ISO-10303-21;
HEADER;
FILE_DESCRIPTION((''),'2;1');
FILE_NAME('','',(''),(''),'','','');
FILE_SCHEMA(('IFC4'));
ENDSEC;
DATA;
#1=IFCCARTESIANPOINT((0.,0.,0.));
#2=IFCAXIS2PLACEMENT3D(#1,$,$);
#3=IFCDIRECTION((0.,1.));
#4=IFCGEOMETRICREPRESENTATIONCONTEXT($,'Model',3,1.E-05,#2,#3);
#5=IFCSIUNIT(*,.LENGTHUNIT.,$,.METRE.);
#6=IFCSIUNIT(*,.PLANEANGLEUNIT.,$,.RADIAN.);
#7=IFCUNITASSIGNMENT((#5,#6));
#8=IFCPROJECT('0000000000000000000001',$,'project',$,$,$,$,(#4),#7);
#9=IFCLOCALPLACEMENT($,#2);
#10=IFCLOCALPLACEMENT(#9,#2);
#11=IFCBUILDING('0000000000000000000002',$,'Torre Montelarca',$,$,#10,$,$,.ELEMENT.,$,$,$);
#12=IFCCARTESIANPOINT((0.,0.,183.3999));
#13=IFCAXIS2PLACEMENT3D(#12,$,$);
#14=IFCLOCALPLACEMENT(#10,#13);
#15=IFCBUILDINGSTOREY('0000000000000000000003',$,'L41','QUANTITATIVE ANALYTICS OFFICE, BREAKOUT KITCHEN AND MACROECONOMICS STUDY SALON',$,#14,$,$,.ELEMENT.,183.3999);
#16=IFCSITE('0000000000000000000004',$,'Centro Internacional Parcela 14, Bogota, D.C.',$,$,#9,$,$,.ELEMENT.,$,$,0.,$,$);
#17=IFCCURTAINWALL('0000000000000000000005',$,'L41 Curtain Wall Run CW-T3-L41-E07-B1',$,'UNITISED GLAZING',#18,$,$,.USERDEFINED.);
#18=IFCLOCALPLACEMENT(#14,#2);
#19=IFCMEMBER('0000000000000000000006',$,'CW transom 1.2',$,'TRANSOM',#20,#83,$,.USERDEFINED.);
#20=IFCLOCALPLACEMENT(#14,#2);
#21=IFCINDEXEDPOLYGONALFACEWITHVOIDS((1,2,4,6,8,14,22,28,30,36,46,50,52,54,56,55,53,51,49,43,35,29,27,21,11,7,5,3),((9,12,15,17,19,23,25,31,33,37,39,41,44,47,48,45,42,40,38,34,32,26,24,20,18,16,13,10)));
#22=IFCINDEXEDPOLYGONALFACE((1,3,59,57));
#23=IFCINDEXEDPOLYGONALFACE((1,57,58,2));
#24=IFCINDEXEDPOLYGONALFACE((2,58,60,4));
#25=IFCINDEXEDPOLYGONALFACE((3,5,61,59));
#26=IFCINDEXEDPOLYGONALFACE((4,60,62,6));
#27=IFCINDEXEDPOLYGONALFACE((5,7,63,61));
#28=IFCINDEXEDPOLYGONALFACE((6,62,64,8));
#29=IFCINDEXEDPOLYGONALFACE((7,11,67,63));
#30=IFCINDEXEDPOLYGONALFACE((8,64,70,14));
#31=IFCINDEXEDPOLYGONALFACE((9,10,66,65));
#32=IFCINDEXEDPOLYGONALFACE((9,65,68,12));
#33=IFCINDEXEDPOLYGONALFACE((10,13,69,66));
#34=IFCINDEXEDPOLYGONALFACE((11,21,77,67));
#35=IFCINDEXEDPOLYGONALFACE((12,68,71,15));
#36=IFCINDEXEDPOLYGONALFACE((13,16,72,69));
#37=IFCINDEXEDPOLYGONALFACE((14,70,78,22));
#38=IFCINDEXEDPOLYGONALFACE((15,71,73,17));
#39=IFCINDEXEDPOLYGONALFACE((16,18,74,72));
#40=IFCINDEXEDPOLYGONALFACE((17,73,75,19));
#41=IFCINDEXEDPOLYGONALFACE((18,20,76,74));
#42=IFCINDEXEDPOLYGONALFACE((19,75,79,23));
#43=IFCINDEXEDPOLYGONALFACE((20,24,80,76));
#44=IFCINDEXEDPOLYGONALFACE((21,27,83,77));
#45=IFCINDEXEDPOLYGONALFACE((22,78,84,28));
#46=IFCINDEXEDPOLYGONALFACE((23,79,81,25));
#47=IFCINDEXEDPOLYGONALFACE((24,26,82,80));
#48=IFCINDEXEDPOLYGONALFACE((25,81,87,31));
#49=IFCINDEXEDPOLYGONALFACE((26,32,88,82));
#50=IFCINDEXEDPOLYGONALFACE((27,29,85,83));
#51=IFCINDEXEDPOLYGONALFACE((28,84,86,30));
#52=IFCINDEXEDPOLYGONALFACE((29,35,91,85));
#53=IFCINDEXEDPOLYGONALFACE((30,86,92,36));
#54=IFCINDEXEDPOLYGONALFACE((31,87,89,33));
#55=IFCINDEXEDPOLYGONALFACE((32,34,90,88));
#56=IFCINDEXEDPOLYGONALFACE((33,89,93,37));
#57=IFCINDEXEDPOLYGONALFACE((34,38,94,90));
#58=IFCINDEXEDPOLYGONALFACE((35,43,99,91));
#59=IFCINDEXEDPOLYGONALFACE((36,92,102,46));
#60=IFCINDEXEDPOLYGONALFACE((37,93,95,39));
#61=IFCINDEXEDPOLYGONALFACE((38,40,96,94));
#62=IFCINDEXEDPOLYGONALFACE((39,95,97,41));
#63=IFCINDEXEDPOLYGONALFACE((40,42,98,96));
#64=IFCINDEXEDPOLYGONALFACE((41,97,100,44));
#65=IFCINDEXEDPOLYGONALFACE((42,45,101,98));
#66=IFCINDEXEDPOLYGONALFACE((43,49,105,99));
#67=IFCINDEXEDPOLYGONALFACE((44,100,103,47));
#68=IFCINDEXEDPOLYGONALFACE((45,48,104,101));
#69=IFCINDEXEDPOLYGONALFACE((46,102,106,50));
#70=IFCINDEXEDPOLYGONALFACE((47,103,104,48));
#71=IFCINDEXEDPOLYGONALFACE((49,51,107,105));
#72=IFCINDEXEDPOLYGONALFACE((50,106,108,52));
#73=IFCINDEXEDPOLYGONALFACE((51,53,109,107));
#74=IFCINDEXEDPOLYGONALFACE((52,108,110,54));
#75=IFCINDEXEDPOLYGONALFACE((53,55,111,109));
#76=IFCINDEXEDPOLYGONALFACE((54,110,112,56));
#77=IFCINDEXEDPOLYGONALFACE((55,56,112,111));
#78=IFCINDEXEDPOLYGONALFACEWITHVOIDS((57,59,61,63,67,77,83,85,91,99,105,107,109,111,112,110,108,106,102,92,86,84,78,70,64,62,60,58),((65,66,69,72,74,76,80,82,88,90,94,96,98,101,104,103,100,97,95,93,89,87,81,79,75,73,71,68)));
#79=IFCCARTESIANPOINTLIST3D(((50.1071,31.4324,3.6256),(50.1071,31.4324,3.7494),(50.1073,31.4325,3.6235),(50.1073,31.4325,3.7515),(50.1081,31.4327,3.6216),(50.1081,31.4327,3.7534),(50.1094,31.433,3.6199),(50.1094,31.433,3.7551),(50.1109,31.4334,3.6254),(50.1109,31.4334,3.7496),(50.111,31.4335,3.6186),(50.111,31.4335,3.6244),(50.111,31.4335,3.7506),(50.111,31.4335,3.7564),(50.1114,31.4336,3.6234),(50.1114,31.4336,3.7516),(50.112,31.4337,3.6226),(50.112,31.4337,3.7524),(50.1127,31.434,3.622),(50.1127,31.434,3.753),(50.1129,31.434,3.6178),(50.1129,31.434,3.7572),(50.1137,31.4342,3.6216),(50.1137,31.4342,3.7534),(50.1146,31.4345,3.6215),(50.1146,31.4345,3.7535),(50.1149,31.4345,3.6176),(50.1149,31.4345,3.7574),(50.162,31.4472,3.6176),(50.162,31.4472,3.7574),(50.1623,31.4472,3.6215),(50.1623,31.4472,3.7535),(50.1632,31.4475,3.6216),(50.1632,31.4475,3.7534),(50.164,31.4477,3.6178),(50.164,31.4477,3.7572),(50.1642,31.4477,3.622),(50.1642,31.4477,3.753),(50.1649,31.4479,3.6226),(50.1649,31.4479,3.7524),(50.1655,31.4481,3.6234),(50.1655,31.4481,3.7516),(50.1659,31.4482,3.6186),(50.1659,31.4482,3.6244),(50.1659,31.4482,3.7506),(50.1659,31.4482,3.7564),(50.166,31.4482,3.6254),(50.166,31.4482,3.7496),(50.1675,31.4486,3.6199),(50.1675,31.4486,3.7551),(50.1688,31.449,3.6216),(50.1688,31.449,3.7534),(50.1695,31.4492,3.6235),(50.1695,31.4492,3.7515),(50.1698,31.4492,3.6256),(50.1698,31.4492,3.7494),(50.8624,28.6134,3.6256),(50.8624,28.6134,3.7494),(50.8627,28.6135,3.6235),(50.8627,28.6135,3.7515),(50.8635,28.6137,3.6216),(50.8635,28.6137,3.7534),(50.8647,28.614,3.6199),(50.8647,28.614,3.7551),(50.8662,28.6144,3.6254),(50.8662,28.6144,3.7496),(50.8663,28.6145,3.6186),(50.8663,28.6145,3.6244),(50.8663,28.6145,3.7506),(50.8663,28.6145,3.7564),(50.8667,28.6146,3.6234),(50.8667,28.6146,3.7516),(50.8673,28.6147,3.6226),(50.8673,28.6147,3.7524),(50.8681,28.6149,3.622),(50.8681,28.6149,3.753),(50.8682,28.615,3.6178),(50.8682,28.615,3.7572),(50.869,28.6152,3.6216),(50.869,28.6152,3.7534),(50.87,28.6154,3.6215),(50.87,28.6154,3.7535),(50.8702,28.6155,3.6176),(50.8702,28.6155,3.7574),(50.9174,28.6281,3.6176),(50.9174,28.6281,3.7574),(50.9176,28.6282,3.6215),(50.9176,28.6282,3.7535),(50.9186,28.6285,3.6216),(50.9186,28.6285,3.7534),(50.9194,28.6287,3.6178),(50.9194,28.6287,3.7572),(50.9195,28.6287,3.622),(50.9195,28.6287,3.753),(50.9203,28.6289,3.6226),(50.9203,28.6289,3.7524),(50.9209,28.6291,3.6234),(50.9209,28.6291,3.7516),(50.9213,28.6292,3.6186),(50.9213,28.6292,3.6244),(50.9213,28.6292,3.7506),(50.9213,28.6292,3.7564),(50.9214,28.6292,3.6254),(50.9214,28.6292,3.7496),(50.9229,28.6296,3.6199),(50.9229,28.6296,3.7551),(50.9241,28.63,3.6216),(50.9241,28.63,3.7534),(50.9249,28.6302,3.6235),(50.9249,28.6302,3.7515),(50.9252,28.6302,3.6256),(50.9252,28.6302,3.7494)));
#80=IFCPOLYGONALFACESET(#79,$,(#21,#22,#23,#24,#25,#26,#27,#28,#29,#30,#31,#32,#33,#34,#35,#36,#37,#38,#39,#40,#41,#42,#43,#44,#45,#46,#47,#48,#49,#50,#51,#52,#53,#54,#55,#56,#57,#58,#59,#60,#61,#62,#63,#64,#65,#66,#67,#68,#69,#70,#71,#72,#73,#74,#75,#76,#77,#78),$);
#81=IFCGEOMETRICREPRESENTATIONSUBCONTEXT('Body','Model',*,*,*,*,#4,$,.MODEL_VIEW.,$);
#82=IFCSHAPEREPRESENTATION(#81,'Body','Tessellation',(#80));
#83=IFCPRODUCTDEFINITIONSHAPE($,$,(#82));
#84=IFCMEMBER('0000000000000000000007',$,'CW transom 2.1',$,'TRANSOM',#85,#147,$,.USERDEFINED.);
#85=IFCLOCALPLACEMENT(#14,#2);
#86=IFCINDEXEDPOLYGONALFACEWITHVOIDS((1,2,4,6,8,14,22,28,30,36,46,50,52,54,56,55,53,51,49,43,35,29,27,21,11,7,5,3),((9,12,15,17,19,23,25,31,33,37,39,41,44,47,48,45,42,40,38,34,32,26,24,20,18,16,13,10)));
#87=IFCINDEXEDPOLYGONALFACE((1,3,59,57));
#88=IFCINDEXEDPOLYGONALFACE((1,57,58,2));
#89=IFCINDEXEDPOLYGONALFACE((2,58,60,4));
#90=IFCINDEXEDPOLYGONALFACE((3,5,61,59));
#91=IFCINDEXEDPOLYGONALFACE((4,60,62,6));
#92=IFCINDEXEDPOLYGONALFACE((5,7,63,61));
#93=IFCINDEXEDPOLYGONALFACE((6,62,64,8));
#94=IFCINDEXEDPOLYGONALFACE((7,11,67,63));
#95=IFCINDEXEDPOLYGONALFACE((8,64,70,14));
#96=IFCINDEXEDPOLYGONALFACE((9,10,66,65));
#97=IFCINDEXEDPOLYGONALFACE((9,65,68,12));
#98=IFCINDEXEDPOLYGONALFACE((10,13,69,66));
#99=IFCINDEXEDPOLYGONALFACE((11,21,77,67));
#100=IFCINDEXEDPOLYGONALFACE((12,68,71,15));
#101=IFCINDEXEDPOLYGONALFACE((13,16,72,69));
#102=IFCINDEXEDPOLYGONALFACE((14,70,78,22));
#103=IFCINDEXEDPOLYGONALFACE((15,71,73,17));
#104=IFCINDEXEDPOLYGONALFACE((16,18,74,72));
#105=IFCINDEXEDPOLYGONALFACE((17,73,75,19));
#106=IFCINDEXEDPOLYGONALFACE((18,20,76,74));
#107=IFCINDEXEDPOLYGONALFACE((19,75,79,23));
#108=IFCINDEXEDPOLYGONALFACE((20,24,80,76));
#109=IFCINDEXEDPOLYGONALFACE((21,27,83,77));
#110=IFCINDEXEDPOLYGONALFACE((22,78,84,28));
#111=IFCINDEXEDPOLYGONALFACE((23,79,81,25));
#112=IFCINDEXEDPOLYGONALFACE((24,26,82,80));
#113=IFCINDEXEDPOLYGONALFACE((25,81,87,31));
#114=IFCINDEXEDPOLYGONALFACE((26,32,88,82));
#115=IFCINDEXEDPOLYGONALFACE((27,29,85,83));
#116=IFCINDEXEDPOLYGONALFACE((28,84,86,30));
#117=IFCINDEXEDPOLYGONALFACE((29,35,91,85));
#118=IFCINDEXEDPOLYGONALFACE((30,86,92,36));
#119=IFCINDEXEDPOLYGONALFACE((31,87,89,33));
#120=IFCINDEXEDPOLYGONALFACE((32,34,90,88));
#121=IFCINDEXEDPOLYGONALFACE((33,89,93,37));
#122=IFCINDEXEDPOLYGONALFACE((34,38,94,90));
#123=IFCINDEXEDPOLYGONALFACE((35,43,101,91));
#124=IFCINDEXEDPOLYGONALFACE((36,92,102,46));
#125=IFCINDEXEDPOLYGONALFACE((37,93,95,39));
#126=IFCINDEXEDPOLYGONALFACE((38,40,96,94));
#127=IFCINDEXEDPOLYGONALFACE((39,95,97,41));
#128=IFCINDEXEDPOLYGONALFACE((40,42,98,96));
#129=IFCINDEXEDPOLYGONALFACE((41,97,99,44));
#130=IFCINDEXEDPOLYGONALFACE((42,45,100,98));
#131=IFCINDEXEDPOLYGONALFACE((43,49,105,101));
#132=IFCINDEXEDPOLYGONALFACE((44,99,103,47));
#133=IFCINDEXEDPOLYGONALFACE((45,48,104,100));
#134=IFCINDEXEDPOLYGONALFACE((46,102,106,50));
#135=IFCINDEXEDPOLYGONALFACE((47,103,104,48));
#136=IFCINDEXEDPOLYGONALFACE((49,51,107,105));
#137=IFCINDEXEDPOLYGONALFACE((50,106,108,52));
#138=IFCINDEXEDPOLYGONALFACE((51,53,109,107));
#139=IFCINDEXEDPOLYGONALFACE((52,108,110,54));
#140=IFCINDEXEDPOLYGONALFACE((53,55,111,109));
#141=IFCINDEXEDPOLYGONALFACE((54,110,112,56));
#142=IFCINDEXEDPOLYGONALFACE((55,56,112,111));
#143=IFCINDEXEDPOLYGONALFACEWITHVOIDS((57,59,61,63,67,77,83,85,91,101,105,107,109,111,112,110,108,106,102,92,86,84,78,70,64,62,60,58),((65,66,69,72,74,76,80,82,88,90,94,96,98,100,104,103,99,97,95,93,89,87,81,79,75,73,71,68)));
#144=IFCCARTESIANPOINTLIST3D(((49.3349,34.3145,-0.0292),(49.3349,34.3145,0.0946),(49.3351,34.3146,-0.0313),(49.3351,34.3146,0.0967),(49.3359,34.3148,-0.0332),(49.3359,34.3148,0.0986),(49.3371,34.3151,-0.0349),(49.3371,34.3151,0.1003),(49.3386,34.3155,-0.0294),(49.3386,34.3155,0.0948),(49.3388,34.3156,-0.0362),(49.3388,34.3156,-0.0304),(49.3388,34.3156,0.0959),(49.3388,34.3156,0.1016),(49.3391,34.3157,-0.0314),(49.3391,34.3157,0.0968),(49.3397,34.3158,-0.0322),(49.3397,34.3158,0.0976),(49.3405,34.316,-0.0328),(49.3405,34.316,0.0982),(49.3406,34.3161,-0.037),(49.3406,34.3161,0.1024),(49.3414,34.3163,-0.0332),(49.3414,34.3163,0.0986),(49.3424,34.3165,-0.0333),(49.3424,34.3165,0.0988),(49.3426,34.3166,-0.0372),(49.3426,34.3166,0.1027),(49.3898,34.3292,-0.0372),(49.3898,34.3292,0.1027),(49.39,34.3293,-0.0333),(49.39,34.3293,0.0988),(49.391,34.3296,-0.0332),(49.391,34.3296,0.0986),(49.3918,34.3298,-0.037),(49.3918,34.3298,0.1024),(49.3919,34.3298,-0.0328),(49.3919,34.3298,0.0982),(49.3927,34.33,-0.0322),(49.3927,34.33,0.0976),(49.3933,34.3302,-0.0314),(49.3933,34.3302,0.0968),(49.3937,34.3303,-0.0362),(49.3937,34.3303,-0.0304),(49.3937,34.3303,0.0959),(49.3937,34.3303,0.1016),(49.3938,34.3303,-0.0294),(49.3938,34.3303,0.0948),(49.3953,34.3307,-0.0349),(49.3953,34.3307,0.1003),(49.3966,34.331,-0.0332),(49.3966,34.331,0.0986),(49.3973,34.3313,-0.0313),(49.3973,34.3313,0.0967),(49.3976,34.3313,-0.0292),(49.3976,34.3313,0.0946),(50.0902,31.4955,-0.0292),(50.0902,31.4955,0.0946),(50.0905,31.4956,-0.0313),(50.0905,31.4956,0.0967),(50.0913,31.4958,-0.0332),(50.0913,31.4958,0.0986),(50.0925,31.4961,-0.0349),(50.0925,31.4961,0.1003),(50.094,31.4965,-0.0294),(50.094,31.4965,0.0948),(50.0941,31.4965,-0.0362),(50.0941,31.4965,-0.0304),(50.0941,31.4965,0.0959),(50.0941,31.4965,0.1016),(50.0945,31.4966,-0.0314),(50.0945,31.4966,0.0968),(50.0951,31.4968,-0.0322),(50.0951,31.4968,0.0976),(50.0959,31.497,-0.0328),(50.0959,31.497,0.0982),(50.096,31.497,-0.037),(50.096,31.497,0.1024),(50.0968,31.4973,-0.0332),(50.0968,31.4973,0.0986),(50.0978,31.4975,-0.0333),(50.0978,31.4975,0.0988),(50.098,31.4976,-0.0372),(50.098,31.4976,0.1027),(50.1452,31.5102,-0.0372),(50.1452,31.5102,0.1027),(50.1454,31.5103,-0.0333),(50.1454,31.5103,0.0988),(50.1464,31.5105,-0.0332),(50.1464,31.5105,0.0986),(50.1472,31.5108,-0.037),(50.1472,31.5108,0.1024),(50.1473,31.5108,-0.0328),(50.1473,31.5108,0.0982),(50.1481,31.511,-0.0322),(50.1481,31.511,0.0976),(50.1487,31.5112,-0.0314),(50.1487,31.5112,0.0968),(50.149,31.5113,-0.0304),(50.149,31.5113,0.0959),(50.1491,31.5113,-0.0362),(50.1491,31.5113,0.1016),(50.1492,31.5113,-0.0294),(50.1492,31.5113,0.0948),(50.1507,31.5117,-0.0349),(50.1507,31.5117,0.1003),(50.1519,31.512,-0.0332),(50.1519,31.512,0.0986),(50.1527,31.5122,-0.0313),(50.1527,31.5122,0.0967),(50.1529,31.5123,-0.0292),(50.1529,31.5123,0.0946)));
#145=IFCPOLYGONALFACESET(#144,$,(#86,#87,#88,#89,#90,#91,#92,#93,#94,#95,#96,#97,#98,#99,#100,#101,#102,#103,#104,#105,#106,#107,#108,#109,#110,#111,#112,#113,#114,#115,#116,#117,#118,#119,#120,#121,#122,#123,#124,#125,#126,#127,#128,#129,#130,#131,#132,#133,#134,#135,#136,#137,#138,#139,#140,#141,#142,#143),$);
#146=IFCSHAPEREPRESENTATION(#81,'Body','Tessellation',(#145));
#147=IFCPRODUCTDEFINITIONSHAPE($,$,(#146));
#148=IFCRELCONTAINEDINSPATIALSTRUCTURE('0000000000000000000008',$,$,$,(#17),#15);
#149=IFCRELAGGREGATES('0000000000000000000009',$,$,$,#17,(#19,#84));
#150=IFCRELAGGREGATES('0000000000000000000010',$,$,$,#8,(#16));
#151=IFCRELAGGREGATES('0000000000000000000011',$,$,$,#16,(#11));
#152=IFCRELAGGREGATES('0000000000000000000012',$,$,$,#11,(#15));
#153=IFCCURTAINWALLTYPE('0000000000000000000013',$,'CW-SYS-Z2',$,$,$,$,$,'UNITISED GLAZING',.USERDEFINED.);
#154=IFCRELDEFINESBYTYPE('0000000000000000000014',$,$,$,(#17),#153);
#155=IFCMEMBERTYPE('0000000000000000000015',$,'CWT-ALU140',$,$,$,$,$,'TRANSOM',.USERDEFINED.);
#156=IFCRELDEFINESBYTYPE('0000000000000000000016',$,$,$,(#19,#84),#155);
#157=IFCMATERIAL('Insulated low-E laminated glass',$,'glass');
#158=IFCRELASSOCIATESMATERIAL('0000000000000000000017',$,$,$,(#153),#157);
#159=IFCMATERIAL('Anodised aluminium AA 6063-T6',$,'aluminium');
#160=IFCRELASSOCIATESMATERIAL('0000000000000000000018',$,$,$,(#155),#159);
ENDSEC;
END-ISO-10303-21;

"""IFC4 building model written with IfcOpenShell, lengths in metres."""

from ifc_helpers import new_model, si_unit, direction, frame, origin, origin_2d, place, context, subcontext, project, spatial, hollow_rectangle, extrude, source, transform, mapped, material, material_profile, profile_set, type_object, element, aggregate, save


model = new_model("IFC4")

# Units and contexts
model_context = context("Model", 3, precision=1e-05, world=origin(), true_north=direction((0.0, 1.0)))
body_context = subcontext(model_context, "Body", "Model", "MODEL_VIEW")
ifc_project = project(units=[si_unit("LENGTHUNIT", "METRE"), si_unit("PLANEANGLEUNIT", "RADIAN")], contexts=[model_context])

# Site, building, storey
site_placement = place(None, origin())
site = spatial("IfcSite", under=ifc_project, at=site_placement, Name="Centro Internacional Parcela 14, Bogota, D.C.", CompositionType="ELEMENT", RefElevation=0.0)
building_placement = place(site_placement, origin())
building = spatial("IfcBuilding", under=site, at=building_placement, Name="Torre Montelarca", CompositionType="ELEMENT")
storey_placement = place(building_placement, frame((0.0, 0.0, 183.3999)))
storey = spatial("IfcBuildingStorey", under=building, at=storey_placement, Name="L41", Description="QUANTITATIVE ANALYTICS OFFICE, BREAKOUT KITCHEN AND MACROECONOMICS STUDY SALON", CompositionType="ELEMENT", Elevation=183.3999)

# Curtain wall, members
ifc_material_1 = material(Name="Insulated low-E laminated glass", Category="glass")
curtain_wall_type = type_object("IfcCurtainWallType", Name="CW-SYS-Z2", ElementType="UNITISED GLAZING", PredefinedType="USERDEFINED", material=ifc_material_1)
curtain_wall_1_placement = place(storey_placement, origin())
curtain_wall_1 = element("IfcCurtainWall", 1, at=curtain_wall_1_placement, inside=storey, type_object=curtain_wall_type, Name="L41 Curtain Wall Run CW-T3-L41-E07-B1", ObjectType="UNITISED GLAZING", PredefinedType="USERDEFINED")
ifc_material_2 = material(Name="Anodised aluminium AA 6063-T6", Category="aluminium")
ifc_material_profile_1 = material_profile(ifc_material_2, hollow_rectangle(XDim=0.0649, YDim=0.1399, WallThickness=0.0039, InnerFilletRadius=0.0039, OuterFilletRadius=0.0081, at=origin_2d()), Name="ALU65X140X4", Category="aluminium")
ifc_profile_set_1 = profile_set([ifc_material_profile_1], Name="Anodised aluminium AA 6063-T6")
member_type_1 = type_object("IfcMemberType", Name="CWT-ALU140", ElementType="TRANSOM", PredefinedType="USERDEFINED", material=ifc_profile_set_1)
shared_shape_1 = source(origin(), body_context, "Body", "SweptSolid", [
    extrude(hollow_rectangle(XDim=0.0649, YDim=0.1399, WallThickness=0.0039, InnerFilletRadius=0.0039, OuterFilletRadius=0.0081, at=origin_2d()), origin(), (0.0, 0.0, 1.0), 2.9185),
])
member_1_placement = place(storey_placement, frame((50.8938, 28.6218, 3.6875), z_axis=(-0.258818, 0.965926, 0.0), x_axis=(-0.965926, -0.258818, 0.0)))
member_1 = element("IfcMember", 2, at=member_1_placement, type_object=member_type_1, Name="CW transom 1.2", ObjectType="TRANSOM", PredefinedType="USERDEFINED", context=body_context, shape_type="MappedRepresentation", body=[
    mapped(shared_shape_1, transform((0.0, 0.0, 0.0), scale=1.0)),
])
member_2_placement = place(storey_placement, frame((50.1216, 31.5039, 0.0327), z_axis=(-0.258818, 0.965926, 0.0), x_axis=(-0.965926, -0.258818, 0.0)))
member_2 = element("IfcMember", 3, at=member_2_placement, type_object=member_type_1, Name="CW transom 2.1", ObjectType="TRANSOM", PredefinedType="USERDEFINED", context=body_context, shape_type="MappedRepresentation", body=[
    mapped(shared_shape_1, transform((0.0, 0.0, 0.0), scale=1.0)),
])

aggregate(curtain_wall_1, [member_1, member_2])

save(model, "model.ifc")
